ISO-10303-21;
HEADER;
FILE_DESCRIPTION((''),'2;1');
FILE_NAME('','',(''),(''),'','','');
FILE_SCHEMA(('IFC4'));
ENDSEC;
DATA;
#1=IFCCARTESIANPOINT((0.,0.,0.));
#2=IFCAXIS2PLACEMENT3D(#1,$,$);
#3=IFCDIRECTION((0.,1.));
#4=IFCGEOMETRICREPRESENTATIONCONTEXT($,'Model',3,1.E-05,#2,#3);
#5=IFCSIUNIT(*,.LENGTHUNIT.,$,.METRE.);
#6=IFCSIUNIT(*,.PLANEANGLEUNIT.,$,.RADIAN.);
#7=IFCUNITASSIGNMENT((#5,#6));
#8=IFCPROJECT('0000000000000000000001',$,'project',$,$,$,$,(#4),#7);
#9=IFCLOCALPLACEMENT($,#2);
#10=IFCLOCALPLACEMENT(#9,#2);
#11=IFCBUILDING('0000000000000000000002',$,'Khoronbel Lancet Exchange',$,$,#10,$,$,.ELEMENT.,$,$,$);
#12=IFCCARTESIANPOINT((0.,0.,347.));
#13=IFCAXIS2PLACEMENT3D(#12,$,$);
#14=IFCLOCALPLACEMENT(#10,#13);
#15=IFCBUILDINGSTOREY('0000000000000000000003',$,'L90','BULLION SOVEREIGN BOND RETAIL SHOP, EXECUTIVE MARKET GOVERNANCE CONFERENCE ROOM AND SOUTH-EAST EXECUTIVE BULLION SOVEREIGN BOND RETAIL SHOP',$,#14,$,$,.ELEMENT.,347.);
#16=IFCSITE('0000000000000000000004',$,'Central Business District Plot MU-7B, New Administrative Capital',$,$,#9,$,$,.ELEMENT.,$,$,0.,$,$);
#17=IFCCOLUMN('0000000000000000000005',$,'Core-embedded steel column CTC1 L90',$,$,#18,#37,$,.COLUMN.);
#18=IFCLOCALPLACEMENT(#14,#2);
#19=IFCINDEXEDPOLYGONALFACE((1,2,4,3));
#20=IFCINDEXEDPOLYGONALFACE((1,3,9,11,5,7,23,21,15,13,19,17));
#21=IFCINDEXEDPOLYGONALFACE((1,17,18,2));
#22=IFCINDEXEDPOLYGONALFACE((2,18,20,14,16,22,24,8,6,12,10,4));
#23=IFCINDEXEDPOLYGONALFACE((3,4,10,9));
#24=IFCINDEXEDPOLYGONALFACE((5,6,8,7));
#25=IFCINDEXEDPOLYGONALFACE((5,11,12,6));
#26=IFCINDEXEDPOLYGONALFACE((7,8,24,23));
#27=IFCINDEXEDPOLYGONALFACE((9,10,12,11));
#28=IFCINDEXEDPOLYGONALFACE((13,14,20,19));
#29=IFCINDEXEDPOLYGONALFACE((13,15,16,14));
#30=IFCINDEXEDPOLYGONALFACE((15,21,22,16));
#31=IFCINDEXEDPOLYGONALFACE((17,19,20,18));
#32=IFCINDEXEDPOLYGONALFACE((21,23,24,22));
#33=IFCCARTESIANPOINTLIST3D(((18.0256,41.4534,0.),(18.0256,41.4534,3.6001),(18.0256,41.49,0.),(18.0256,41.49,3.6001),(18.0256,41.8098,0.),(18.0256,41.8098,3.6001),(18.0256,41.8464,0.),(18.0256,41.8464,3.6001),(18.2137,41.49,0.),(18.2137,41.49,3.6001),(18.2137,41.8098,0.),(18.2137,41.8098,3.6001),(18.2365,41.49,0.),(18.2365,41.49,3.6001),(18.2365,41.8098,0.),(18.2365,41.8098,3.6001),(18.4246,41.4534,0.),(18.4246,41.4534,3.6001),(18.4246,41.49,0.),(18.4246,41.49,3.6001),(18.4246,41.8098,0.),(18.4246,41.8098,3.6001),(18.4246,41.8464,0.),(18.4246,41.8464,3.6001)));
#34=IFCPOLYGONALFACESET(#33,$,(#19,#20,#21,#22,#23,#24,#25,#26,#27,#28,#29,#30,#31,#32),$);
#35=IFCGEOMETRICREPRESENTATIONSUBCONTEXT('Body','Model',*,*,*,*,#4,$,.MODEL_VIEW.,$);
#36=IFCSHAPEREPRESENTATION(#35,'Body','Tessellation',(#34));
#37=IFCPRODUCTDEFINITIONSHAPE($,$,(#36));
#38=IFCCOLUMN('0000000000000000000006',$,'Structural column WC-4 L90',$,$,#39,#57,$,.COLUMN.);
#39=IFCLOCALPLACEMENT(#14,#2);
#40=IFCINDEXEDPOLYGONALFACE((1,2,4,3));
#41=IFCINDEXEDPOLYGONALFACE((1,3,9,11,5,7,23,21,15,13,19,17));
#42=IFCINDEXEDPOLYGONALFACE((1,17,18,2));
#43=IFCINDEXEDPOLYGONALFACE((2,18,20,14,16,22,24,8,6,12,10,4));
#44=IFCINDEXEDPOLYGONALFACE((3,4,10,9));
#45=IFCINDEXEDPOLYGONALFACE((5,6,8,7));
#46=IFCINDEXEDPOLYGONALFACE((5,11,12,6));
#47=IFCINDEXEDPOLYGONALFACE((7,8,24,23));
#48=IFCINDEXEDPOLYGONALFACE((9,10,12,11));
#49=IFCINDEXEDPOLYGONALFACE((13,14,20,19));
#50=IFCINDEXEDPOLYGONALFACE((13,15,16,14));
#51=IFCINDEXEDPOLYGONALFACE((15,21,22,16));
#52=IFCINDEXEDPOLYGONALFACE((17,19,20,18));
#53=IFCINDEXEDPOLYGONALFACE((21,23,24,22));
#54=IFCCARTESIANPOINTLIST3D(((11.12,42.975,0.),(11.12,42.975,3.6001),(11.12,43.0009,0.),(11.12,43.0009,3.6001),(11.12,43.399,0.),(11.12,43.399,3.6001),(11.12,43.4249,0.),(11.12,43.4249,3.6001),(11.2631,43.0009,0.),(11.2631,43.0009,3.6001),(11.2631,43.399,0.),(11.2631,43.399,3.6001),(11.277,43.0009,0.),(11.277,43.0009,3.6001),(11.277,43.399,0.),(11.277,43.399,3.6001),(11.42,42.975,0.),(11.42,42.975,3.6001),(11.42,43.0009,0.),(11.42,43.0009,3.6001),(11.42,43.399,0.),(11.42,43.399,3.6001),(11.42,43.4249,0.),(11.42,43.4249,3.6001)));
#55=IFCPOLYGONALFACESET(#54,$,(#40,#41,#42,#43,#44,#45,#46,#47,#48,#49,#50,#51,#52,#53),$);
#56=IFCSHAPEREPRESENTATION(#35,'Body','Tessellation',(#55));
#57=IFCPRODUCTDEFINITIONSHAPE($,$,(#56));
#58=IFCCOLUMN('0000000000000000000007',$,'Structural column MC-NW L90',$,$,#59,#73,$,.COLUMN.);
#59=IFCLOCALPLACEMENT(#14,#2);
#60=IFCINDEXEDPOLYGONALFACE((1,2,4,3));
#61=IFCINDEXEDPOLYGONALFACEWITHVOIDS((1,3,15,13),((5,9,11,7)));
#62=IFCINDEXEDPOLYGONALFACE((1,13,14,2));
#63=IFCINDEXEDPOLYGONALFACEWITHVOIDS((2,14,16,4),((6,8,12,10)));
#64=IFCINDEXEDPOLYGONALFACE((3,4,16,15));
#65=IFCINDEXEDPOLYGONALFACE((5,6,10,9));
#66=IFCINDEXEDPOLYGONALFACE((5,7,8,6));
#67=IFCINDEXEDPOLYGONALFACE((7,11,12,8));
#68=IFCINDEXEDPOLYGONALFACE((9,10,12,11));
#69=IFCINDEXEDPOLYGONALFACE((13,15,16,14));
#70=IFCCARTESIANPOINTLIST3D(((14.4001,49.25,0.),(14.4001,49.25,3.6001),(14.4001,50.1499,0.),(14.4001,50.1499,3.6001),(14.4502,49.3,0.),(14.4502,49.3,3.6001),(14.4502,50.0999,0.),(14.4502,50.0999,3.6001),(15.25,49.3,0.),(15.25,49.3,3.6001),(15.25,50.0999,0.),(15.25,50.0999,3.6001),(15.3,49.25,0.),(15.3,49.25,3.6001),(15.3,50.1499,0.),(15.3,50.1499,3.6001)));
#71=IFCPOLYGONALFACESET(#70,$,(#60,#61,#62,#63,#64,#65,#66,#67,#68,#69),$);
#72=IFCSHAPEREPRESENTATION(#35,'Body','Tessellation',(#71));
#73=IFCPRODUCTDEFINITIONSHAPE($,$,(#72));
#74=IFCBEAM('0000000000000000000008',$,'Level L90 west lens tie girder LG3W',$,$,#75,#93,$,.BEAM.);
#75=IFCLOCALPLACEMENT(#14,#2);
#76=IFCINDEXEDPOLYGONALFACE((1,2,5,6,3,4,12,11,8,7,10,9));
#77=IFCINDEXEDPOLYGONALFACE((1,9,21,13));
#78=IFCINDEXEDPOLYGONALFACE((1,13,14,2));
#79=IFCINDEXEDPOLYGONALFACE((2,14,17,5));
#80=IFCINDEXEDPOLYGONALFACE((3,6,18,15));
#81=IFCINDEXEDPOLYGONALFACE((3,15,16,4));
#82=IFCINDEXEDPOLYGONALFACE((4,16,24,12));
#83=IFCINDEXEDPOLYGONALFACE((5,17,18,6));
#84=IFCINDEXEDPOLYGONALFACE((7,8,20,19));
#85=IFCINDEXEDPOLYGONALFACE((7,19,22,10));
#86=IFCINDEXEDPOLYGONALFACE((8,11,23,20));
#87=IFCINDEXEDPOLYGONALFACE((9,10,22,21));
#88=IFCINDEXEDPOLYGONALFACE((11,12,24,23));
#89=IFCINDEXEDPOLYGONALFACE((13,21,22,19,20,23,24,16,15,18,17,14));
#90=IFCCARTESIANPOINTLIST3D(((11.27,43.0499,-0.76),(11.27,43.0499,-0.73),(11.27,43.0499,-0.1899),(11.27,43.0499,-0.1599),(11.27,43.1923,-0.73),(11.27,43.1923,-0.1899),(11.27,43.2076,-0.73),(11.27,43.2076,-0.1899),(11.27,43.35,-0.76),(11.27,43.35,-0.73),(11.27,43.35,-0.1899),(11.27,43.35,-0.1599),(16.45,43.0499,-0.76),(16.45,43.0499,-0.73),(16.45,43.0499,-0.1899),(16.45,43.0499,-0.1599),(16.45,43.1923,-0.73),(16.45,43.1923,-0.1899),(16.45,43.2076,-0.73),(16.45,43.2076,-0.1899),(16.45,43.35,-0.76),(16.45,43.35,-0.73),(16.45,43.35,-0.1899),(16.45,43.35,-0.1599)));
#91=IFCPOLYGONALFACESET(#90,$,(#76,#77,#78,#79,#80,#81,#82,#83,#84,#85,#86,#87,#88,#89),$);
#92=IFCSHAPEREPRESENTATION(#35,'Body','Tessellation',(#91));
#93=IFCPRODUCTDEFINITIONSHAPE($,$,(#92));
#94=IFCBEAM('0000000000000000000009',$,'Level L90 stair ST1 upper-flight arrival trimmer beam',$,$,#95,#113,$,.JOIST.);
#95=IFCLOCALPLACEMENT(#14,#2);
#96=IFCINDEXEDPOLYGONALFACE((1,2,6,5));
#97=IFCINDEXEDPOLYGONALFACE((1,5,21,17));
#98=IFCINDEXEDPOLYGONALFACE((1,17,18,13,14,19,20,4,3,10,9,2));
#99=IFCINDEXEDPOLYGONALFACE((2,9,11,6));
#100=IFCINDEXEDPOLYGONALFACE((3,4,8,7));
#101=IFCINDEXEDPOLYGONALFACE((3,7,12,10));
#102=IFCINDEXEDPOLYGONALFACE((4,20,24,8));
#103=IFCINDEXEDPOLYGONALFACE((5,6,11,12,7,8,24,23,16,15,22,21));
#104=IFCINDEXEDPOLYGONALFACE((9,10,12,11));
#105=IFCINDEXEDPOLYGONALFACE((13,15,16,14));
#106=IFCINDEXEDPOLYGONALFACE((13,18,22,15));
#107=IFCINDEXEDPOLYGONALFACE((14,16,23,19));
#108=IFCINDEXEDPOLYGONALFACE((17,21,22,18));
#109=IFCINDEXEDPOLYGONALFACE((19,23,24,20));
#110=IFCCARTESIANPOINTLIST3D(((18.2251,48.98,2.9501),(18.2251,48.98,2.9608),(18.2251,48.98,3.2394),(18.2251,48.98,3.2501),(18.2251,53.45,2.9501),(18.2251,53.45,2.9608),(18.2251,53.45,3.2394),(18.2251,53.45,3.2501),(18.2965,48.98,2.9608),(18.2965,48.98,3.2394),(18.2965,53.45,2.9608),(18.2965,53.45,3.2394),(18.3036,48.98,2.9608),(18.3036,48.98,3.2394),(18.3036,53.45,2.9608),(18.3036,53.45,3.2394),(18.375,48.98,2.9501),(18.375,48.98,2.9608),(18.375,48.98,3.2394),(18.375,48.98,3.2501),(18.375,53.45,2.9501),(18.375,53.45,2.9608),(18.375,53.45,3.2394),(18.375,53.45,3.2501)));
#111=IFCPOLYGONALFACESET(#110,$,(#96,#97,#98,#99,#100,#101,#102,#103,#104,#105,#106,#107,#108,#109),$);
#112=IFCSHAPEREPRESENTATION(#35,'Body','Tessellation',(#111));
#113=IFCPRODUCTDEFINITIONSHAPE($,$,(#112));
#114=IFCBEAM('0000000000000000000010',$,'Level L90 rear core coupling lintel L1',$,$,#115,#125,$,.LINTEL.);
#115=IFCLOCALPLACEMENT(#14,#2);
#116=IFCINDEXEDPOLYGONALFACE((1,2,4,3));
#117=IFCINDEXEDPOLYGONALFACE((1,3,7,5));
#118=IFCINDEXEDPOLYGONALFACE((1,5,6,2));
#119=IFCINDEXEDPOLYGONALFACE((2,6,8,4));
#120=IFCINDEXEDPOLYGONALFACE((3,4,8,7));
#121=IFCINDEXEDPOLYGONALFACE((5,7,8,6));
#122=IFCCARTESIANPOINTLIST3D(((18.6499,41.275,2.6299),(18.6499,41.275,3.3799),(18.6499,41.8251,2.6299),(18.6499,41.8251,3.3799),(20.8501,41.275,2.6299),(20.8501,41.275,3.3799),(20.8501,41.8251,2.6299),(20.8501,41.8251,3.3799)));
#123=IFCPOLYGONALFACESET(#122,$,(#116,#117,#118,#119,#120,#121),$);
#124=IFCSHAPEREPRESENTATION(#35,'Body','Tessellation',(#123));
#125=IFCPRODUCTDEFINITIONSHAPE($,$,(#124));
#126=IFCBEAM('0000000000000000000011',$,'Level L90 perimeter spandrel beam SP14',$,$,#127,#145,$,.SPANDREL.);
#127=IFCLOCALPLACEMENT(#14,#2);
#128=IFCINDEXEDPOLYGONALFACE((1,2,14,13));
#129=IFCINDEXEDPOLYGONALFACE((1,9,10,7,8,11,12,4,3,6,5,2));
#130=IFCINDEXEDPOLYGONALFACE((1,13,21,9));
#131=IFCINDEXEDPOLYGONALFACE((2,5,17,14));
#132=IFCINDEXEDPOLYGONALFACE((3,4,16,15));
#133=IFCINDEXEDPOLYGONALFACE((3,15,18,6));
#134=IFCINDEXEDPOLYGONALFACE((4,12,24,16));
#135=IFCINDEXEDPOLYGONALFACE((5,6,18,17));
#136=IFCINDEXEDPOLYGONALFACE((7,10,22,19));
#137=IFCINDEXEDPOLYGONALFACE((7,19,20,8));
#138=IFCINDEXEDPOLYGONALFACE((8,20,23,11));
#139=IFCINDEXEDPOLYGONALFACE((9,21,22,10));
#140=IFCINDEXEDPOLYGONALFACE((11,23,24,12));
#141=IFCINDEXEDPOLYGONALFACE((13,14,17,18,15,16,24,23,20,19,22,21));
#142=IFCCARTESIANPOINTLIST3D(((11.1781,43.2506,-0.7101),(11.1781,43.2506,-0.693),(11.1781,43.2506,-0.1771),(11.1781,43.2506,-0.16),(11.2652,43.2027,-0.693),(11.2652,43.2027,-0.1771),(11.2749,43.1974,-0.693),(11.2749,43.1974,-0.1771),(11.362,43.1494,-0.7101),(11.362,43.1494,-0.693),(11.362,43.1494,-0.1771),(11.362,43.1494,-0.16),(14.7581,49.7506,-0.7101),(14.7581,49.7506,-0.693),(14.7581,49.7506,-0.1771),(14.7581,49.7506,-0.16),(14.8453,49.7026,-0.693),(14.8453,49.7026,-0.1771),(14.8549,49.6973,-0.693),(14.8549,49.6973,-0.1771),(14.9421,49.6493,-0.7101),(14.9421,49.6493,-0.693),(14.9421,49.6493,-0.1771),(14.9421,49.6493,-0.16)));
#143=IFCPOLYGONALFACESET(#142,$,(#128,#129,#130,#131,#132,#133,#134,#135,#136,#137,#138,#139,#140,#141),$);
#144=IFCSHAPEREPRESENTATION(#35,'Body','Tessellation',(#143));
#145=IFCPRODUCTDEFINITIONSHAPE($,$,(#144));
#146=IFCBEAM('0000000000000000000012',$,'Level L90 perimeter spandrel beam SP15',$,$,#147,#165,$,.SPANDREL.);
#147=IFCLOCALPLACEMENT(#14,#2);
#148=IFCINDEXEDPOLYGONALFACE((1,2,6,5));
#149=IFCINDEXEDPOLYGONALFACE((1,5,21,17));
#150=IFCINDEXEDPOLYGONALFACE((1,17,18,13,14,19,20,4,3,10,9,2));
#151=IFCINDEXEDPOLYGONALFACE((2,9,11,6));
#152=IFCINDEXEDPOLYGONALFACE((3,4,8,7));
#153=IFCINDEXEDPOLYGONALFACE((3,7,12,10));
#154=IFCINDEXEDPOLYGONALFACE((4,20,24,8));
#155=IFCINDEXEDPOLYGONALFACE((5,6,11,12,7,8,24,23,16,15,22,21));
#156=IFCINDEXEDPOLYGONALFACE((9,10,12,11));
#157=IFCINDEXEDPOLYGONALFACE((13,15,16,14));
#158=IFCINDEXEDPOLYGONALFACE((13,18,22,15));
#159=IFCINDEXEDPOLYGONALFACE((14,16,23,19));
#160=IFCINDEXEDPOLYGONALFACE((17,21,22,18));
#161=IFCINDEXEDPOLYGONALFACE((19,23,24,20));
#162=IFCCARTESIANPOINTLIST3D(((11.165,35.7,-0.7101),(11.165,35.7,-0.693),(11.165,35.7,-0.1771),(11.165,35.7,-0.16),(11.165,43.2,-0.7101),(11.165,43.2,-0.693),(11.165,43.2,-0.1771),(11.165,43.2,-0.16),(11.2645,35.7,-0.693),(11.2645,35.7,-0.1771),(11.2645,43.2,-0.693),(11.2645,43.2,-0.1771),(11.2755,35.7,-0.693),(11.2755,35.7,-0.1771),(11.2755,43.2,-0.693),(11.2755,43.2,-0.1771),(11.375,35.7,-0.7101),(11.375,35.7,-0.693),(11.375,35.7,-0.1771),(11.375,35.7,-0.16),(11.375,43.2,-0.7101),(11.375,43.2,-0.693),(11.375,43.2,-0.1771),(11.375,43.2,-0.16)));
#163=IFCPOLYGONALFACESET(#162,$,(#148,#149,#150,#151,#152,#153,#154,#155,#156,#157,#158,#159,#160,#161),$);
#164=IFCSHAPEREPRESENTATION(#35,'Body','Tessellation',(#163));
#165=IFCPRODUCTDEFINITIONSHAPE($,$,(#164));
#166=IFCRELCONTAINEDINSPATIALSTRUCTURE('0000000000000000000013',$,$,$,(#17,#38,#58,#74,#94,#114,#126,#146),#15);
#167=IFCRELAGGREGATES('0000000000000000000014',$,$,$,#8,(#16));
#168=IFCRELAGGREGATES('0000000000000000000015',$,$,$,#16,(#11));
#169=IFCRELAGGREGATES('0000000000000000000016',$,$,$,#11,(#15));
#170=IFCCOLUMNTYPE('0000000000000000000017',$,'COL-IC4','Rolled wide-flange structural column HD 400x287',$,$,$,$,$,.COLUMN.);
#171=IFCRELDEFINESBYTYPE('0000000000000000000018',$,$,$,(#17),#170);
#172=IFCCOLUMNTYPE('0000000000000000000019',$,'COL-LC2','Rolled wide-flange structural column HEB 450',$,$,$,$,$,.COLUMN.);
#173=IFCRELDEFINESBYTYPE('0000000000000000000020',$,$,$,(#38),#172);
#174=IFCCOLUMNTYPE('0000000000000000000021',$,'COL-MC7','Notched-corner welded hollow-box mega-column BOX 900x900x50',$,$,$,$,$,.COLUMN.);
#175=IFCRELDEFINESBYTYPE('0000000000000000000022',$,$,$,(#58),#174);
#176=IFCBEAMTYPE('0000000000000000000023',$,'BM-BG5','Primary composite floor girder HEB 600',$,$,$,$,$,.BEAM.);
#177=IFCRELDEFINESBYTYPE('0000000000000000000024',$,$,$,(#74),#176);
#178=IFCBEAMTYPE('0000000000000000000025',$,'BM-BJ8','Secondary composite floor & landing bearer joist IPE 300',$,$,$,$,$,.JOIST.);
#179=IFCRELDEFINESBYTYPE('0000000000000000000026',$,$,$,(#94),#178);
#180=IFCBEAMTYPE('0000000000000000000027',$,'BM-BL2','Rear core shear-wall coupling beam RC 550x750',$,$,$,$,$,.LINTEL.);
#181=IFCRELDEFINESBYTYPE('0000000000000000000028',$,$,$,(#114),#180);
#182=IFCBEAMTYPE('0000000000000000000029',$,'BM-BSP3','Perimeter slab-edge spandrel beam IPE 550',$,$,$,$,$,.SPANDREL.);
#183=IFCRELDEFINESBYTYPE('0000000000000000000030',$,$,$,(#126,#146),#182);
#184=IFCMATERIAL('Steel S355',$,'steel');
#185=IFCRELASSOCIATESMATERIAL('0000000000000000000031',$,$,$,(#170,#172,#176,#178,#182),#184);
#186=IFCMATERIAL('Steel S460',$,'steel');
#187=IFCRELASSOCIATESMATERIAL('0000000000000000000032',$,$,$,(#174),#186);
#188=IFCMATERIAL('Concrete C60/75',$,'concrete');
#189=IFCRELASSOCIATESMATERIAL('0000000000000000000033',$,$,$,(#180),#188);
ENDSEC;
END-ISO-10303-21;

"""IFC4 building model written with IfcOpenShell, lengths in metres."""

from ifc_helpers import new_model, si_unit, direction, frame, origin, origin_2d, place, context, subcontext, project, spatial, rectangle, hollow_rectangle, i_section, extrude, material, material_profile, profile_set, type_object, element, save


model = new_model("IFC4")

# Units and contexts
model_context = context("Model", 3, precision=1e-05, world=origin(), true_north=direction((0.0, 1.0)))
body_context = subcontext(model_context, "Body", "Model", "MODEL_VIEW")
ifc_project = project(units=[si_unit("LENGTHUNIT", "METRE"), si_unit("PLANEANGLEUNIT", "RADIAN")], contexts=[model_context])

# Site, building, storey
site_placement = place(None, origin())
site = spatial("IfcSite", under=ifc_project, at=site_placement, Name="Central Business District Plot MU-7B, New Administrative Capital", CompositionType="ELEMENT", RefElevation=0.0)
building_placement = place(site_placement, origin())
building = spatial("IfcBuilding", under=site, at=building_placement, Name="Khoronbel Lancet Exchange", CompositionType="ELEMENT")
storey_placement = place(building_placement, frame((0.0, 0.0, 347.0)))
storey = spatial("IfcBuildingStorey", under=building, at=storey_placement, Name="L90", Description="BULLION SOVEREIGN BOND RETAIL SHOP, EXECUTIVE MARKET GOVERNANCE CONFERENCE ROOM AND SOUTH-EAST EXECUTIVE BULLION SOVEREIGN BOND RETAIL SHOP", CompositionType="ELEMENT", Elevation=347.0)

# Columns
ifc_material_1 = material(Name="Steel S355", Category="steel")
ifc_material_profile_1 = material_profile(ifc_material_1, i_section(OverallWidth=0.3989, OverallDepth=0.3931, WebThickness=0.0227, FlangeThickness=0.0366, at=origin_2d()), Name="HD 400x287")
ifc_profile_set_1 = profile_set([ifc_material_profile_1], Name="Steel S355")
column_type_1 = type_object("IfcColumnType", Name="COL-IC4", Description="Rolled wide-flange structural column HD 400x287", PredefinedType="COLUMN", material=ifc_profile_set_1)
column_1_placement = place(storey_placement, frame((18.2251, 41.6499, 0.0), z_axis=(0.0, 0.0, 1.0), x_axis=(1.0, 0.0, 0.0)))
element("IfcColumn", 1, at=column_1_placement, inside=storey, type_object=column_type_1, Name="Core-embedded steel column CTC1 L90", PredefinedType="COLUMN", context=body_context, shape_type="SweptSolid", body=[
    extrude(i_section(OverallWidth=0.3989, OverallDepth=0.3931, WebThickness=0.0227, FlangeThickness=0.0366, at=origin_2d()), origin(), (0.0, 0.0, 1.0), 3.6001),
])
ifc_material_profile_2 = material_profile(ifc_material_1, i_section(OverallWidth=0.3, OverallDepth=0.45, WebThickness=0.0139, FlangeThickness=0.0259, at=origin_2d()), Name="HEB 450")
ifc_profile_set_2 = profile_set([ifc_material_profile_2], Name="Steel S355")
column_type_2 = type_object("IfcColumnType", Name="COL-LC2", Description="Rolled wide-flange structural column HEB 450", PredefinedType="COLUMN", material=ifc_profile_set_2)
column_2_placement = place(storey_placement, frame((11.27, 43.2, 0.0), z_axis=(0.0, 0.0, 1.0), x_axis=(1.0, 0.0, 0.0)))
element("IfcColumn", 2, at=column_2_placement, inside=storey, type_object=column_type_2, Name="Structural column WC-4 L90", PredefinedType="COLUMN", context=body_context, shape_type="SweptSolid", body=[
    extrude(i_section(OverallWidth=0.3, OverallDepth=0.45, WebThickness=0.0139, FlangeThickness=0.0259, at=origin_2d()), origin(), (0.0, 0.0, 1.0), 3.6001),
])
ifc_material_2 = material(Name="Steel S460", Category="steel")
ifc_material_profile_3 = material_profile(ifc_material_2, hollow_rectangle(XDim=0.8999, YDim=0.8999, WallThickness=0.05, at=origin_2d()), Name="BOX 900x900x50")
ifc_profile_set_3 = profile_set([ifc_material_profile_3], Name="Steel S460")
column_type_3 = type_object("IfcColumnType", Name="COL-MC7", Description="Notched-corner welded hollow-box mega-column BOX 900x900x50", PredefinedType="COLUMN", material=ifc_profile_set_3)
column_3_placement = place(storey_placement, frame((14.8501, 49.7, 0.0), z_axis=(0.0, 0.0, 1.0), x_axis=(1.0, 0.0, 0.0)))
element("IfcColumn", 3, at=column_3_placement, inside=storey, type_object=column_type_3, Name="Structural column MC-NW L90", PredefinedType="COLUMN", context=body_context, shape_type="SweptSolid", body=[
    extrude(hollow_rectangle(XDim=0.8999, YDim=0.8999, WallThickness=0.05, at=origin_2d()), origin(), (0.0, 0.0, 1.0), 3.6001),
])

# Beams
ifc_material_profile_4 = material_profile(ifc_material_1, i_section(OverallWidth=0.3, OverallDepth=0.6001, WebThickness=0.0154, FlangeThickness=0.03, at=origin_2d()), Name="HEB 600")
ifc_profile_set_4 = profile_set([ifc_material_profile_4], Name="Steel S355")
beam_type_1 = type_object("IfcBeamType", Name="BM-BG5", Description="Primary composite floor girder HEB 600", PredefinedType="BEAM", material=ifc_profile_set_4)
beam_1_placement = place(storey_placement, frame((11.27, 43.2, -0.46), z_axis=(1.0, 0.0, 0.0), x_axis=(0.0, 1.0, 0.0)))
element("IfcBeam", 4, at=beam_1_placement, inside=storey, type_object=beam_type_1, Name="Level L90 west lens tie girder LG3W", PredefinedType="BEAM", context=body_context, shape_type="SweptSolid", body=[
    extrude(i_section(OverallWidth=0.3, OverallDepth=0.6001, WebThickness=0.0154, FlangeThickness=0.03, at=origin_2d()), origin(), (0.0, 0.0, 1.0), 5.1799),
])
ifc_material_profile_5 = material_profile(ifc_material_1, i_section(OverallWidth=0.1499, OverallDepth=0.3, WebThickness=0.0071, FlangeThickness=0.0107, at=origin_2d()), Name="IPE 300")
ifc_profile_set_5 = profile_set([ifc_material_profile_5], Name="Steel S355")
beam_type_2 = type_object("IfcBeamType", Name="BM-BJ8", Description="Secondary composite floor & landing bearer joist IPE 300", PredefinedType="JOIST", material=ifc_profile_set_5)
beam_2_placement = place(storey_placement, frame((18.3, 48.98, 3.1001), z_axis=(0.0, 1.0, 0.0), x_axis=(-1.0, 0.0, 0.0)))
element("IfcBeam", 5, at=beam_2_placement, inside=storey, type_object=beam_type_2, Name="Level L90 stair ST1 upper-flight arrival trimmer beam", PredefinedType="JOIST", context=body_context, shape_type="SweptSolid", body=[
    extrude(i_section(OverallWidth=0.1499, OverallDepth=0.3, WebThickness=0.0071, FlangeThickness=0.0107, at=origin_2d()), origin(), (0.0, 0.0, 1.0), 4.47),
])
ifc_material_3 = material(Name="Concrete C60/75", Category="concrete")
ifc_material_profile_6 = material_profile(ifc_material_3, rectangle(XDim=0.55, YDim=0.75, at=origin_2d()), Name="RC 550x750")
ifc_profile_set_6 = profile_set([ifc_material_profile_6], Name="Concrete C60/75")
beam_type_3 = type_object("IfcBeamType", Name="BM-BL2", Description="Rear core shear-wall coupling beam RC 550x750", PredefinedType="LINTEL", material=ifc_profile_set_6)
beam_3_placement = place(storey_placement, frame((18.6499, 41.55, 3.0049), z_axis=(1.0, 0.0, 0.0), x_axis=(0.0, 1.0, 0.0)))
element("IfcBeam", 6, at=beam_3_placement, inside=storey, type_object=beam_type_3, Name="Level L90 rear core coupling lintel L1", PredefinedType="LINTEL", context=body_context, shape_type="SweptSolid", body=[
    extrude(rectangle(XDim=0.55, YDim=0.75, at=origin_2d()), origin(), (0.0, 0.0, 1.0), 2.2002),
])
ifc_material_profile_7 = material_profile(ifc_material_1, i_section(OverallWidth=0.21, OverallDepth=0.55, WebThickness=0.011, FlangeThickness=0.0171, at=origin_2d()), Name="IPE 550")
ifc_profile_set_7 = profile_set([ifc_material_profile_7], Name="Steel S355")
beam_type_4 = type_object("IfcBeamType", Name="BM-BSP3", Description="Perimeter slab-edge spandrel beam IPE 550", PredefinedType="SPANDREL", material=ifc_profile_set_7)
beam_4_placement = place(storey_placement, frame((14.8501, 49.7, -0.4351), z_axis=(-0.482444, -0.875927, 0.0), x_axis=(0.875927, -0.482444, 0.0)))
element("IfcBeam", 7, at=beam_4_placement, inside=storey, type_object=beam_type_4, Name="Level L90 perimeter spandrel beam SP14", PredefinedType="SPANDREL", context=body_context, shape_type="SweptSolid", body=[
    extrude(i_section(OverallWidth=0.21, OverallDepth=0.55, WebThickness=0.011, FlangeThickness=0.0171, at=origin_2d()), origin(), (0.0, 0.0, 1.0), 7.4207),
])
beam_5_placement = place(storey_placement, frame((11.27, 43.2, -0.4351), z_axis=(0.0, -1.0, 0.0), x_axis=(1.0, 0.0, 0.0)))
element("IfcBeam", 8, at=beam_5_placement, inside=storey, type_object=beam_type_4, Name="Level L90 perimeter spandrel beam SP15", PredefinedType="SPANDREL", context=body_context, shape_type="SweptSolid", body=[
    extrude(i_section(OverallWidth=0.21, OverallDepth=0.55, WebThickness=0.011, FlangeThickness=0.0171, at=origin_2d()), origin(), (0.0, 0.0, 1.0), 7.5),
])

save(model, "model.ifc")
